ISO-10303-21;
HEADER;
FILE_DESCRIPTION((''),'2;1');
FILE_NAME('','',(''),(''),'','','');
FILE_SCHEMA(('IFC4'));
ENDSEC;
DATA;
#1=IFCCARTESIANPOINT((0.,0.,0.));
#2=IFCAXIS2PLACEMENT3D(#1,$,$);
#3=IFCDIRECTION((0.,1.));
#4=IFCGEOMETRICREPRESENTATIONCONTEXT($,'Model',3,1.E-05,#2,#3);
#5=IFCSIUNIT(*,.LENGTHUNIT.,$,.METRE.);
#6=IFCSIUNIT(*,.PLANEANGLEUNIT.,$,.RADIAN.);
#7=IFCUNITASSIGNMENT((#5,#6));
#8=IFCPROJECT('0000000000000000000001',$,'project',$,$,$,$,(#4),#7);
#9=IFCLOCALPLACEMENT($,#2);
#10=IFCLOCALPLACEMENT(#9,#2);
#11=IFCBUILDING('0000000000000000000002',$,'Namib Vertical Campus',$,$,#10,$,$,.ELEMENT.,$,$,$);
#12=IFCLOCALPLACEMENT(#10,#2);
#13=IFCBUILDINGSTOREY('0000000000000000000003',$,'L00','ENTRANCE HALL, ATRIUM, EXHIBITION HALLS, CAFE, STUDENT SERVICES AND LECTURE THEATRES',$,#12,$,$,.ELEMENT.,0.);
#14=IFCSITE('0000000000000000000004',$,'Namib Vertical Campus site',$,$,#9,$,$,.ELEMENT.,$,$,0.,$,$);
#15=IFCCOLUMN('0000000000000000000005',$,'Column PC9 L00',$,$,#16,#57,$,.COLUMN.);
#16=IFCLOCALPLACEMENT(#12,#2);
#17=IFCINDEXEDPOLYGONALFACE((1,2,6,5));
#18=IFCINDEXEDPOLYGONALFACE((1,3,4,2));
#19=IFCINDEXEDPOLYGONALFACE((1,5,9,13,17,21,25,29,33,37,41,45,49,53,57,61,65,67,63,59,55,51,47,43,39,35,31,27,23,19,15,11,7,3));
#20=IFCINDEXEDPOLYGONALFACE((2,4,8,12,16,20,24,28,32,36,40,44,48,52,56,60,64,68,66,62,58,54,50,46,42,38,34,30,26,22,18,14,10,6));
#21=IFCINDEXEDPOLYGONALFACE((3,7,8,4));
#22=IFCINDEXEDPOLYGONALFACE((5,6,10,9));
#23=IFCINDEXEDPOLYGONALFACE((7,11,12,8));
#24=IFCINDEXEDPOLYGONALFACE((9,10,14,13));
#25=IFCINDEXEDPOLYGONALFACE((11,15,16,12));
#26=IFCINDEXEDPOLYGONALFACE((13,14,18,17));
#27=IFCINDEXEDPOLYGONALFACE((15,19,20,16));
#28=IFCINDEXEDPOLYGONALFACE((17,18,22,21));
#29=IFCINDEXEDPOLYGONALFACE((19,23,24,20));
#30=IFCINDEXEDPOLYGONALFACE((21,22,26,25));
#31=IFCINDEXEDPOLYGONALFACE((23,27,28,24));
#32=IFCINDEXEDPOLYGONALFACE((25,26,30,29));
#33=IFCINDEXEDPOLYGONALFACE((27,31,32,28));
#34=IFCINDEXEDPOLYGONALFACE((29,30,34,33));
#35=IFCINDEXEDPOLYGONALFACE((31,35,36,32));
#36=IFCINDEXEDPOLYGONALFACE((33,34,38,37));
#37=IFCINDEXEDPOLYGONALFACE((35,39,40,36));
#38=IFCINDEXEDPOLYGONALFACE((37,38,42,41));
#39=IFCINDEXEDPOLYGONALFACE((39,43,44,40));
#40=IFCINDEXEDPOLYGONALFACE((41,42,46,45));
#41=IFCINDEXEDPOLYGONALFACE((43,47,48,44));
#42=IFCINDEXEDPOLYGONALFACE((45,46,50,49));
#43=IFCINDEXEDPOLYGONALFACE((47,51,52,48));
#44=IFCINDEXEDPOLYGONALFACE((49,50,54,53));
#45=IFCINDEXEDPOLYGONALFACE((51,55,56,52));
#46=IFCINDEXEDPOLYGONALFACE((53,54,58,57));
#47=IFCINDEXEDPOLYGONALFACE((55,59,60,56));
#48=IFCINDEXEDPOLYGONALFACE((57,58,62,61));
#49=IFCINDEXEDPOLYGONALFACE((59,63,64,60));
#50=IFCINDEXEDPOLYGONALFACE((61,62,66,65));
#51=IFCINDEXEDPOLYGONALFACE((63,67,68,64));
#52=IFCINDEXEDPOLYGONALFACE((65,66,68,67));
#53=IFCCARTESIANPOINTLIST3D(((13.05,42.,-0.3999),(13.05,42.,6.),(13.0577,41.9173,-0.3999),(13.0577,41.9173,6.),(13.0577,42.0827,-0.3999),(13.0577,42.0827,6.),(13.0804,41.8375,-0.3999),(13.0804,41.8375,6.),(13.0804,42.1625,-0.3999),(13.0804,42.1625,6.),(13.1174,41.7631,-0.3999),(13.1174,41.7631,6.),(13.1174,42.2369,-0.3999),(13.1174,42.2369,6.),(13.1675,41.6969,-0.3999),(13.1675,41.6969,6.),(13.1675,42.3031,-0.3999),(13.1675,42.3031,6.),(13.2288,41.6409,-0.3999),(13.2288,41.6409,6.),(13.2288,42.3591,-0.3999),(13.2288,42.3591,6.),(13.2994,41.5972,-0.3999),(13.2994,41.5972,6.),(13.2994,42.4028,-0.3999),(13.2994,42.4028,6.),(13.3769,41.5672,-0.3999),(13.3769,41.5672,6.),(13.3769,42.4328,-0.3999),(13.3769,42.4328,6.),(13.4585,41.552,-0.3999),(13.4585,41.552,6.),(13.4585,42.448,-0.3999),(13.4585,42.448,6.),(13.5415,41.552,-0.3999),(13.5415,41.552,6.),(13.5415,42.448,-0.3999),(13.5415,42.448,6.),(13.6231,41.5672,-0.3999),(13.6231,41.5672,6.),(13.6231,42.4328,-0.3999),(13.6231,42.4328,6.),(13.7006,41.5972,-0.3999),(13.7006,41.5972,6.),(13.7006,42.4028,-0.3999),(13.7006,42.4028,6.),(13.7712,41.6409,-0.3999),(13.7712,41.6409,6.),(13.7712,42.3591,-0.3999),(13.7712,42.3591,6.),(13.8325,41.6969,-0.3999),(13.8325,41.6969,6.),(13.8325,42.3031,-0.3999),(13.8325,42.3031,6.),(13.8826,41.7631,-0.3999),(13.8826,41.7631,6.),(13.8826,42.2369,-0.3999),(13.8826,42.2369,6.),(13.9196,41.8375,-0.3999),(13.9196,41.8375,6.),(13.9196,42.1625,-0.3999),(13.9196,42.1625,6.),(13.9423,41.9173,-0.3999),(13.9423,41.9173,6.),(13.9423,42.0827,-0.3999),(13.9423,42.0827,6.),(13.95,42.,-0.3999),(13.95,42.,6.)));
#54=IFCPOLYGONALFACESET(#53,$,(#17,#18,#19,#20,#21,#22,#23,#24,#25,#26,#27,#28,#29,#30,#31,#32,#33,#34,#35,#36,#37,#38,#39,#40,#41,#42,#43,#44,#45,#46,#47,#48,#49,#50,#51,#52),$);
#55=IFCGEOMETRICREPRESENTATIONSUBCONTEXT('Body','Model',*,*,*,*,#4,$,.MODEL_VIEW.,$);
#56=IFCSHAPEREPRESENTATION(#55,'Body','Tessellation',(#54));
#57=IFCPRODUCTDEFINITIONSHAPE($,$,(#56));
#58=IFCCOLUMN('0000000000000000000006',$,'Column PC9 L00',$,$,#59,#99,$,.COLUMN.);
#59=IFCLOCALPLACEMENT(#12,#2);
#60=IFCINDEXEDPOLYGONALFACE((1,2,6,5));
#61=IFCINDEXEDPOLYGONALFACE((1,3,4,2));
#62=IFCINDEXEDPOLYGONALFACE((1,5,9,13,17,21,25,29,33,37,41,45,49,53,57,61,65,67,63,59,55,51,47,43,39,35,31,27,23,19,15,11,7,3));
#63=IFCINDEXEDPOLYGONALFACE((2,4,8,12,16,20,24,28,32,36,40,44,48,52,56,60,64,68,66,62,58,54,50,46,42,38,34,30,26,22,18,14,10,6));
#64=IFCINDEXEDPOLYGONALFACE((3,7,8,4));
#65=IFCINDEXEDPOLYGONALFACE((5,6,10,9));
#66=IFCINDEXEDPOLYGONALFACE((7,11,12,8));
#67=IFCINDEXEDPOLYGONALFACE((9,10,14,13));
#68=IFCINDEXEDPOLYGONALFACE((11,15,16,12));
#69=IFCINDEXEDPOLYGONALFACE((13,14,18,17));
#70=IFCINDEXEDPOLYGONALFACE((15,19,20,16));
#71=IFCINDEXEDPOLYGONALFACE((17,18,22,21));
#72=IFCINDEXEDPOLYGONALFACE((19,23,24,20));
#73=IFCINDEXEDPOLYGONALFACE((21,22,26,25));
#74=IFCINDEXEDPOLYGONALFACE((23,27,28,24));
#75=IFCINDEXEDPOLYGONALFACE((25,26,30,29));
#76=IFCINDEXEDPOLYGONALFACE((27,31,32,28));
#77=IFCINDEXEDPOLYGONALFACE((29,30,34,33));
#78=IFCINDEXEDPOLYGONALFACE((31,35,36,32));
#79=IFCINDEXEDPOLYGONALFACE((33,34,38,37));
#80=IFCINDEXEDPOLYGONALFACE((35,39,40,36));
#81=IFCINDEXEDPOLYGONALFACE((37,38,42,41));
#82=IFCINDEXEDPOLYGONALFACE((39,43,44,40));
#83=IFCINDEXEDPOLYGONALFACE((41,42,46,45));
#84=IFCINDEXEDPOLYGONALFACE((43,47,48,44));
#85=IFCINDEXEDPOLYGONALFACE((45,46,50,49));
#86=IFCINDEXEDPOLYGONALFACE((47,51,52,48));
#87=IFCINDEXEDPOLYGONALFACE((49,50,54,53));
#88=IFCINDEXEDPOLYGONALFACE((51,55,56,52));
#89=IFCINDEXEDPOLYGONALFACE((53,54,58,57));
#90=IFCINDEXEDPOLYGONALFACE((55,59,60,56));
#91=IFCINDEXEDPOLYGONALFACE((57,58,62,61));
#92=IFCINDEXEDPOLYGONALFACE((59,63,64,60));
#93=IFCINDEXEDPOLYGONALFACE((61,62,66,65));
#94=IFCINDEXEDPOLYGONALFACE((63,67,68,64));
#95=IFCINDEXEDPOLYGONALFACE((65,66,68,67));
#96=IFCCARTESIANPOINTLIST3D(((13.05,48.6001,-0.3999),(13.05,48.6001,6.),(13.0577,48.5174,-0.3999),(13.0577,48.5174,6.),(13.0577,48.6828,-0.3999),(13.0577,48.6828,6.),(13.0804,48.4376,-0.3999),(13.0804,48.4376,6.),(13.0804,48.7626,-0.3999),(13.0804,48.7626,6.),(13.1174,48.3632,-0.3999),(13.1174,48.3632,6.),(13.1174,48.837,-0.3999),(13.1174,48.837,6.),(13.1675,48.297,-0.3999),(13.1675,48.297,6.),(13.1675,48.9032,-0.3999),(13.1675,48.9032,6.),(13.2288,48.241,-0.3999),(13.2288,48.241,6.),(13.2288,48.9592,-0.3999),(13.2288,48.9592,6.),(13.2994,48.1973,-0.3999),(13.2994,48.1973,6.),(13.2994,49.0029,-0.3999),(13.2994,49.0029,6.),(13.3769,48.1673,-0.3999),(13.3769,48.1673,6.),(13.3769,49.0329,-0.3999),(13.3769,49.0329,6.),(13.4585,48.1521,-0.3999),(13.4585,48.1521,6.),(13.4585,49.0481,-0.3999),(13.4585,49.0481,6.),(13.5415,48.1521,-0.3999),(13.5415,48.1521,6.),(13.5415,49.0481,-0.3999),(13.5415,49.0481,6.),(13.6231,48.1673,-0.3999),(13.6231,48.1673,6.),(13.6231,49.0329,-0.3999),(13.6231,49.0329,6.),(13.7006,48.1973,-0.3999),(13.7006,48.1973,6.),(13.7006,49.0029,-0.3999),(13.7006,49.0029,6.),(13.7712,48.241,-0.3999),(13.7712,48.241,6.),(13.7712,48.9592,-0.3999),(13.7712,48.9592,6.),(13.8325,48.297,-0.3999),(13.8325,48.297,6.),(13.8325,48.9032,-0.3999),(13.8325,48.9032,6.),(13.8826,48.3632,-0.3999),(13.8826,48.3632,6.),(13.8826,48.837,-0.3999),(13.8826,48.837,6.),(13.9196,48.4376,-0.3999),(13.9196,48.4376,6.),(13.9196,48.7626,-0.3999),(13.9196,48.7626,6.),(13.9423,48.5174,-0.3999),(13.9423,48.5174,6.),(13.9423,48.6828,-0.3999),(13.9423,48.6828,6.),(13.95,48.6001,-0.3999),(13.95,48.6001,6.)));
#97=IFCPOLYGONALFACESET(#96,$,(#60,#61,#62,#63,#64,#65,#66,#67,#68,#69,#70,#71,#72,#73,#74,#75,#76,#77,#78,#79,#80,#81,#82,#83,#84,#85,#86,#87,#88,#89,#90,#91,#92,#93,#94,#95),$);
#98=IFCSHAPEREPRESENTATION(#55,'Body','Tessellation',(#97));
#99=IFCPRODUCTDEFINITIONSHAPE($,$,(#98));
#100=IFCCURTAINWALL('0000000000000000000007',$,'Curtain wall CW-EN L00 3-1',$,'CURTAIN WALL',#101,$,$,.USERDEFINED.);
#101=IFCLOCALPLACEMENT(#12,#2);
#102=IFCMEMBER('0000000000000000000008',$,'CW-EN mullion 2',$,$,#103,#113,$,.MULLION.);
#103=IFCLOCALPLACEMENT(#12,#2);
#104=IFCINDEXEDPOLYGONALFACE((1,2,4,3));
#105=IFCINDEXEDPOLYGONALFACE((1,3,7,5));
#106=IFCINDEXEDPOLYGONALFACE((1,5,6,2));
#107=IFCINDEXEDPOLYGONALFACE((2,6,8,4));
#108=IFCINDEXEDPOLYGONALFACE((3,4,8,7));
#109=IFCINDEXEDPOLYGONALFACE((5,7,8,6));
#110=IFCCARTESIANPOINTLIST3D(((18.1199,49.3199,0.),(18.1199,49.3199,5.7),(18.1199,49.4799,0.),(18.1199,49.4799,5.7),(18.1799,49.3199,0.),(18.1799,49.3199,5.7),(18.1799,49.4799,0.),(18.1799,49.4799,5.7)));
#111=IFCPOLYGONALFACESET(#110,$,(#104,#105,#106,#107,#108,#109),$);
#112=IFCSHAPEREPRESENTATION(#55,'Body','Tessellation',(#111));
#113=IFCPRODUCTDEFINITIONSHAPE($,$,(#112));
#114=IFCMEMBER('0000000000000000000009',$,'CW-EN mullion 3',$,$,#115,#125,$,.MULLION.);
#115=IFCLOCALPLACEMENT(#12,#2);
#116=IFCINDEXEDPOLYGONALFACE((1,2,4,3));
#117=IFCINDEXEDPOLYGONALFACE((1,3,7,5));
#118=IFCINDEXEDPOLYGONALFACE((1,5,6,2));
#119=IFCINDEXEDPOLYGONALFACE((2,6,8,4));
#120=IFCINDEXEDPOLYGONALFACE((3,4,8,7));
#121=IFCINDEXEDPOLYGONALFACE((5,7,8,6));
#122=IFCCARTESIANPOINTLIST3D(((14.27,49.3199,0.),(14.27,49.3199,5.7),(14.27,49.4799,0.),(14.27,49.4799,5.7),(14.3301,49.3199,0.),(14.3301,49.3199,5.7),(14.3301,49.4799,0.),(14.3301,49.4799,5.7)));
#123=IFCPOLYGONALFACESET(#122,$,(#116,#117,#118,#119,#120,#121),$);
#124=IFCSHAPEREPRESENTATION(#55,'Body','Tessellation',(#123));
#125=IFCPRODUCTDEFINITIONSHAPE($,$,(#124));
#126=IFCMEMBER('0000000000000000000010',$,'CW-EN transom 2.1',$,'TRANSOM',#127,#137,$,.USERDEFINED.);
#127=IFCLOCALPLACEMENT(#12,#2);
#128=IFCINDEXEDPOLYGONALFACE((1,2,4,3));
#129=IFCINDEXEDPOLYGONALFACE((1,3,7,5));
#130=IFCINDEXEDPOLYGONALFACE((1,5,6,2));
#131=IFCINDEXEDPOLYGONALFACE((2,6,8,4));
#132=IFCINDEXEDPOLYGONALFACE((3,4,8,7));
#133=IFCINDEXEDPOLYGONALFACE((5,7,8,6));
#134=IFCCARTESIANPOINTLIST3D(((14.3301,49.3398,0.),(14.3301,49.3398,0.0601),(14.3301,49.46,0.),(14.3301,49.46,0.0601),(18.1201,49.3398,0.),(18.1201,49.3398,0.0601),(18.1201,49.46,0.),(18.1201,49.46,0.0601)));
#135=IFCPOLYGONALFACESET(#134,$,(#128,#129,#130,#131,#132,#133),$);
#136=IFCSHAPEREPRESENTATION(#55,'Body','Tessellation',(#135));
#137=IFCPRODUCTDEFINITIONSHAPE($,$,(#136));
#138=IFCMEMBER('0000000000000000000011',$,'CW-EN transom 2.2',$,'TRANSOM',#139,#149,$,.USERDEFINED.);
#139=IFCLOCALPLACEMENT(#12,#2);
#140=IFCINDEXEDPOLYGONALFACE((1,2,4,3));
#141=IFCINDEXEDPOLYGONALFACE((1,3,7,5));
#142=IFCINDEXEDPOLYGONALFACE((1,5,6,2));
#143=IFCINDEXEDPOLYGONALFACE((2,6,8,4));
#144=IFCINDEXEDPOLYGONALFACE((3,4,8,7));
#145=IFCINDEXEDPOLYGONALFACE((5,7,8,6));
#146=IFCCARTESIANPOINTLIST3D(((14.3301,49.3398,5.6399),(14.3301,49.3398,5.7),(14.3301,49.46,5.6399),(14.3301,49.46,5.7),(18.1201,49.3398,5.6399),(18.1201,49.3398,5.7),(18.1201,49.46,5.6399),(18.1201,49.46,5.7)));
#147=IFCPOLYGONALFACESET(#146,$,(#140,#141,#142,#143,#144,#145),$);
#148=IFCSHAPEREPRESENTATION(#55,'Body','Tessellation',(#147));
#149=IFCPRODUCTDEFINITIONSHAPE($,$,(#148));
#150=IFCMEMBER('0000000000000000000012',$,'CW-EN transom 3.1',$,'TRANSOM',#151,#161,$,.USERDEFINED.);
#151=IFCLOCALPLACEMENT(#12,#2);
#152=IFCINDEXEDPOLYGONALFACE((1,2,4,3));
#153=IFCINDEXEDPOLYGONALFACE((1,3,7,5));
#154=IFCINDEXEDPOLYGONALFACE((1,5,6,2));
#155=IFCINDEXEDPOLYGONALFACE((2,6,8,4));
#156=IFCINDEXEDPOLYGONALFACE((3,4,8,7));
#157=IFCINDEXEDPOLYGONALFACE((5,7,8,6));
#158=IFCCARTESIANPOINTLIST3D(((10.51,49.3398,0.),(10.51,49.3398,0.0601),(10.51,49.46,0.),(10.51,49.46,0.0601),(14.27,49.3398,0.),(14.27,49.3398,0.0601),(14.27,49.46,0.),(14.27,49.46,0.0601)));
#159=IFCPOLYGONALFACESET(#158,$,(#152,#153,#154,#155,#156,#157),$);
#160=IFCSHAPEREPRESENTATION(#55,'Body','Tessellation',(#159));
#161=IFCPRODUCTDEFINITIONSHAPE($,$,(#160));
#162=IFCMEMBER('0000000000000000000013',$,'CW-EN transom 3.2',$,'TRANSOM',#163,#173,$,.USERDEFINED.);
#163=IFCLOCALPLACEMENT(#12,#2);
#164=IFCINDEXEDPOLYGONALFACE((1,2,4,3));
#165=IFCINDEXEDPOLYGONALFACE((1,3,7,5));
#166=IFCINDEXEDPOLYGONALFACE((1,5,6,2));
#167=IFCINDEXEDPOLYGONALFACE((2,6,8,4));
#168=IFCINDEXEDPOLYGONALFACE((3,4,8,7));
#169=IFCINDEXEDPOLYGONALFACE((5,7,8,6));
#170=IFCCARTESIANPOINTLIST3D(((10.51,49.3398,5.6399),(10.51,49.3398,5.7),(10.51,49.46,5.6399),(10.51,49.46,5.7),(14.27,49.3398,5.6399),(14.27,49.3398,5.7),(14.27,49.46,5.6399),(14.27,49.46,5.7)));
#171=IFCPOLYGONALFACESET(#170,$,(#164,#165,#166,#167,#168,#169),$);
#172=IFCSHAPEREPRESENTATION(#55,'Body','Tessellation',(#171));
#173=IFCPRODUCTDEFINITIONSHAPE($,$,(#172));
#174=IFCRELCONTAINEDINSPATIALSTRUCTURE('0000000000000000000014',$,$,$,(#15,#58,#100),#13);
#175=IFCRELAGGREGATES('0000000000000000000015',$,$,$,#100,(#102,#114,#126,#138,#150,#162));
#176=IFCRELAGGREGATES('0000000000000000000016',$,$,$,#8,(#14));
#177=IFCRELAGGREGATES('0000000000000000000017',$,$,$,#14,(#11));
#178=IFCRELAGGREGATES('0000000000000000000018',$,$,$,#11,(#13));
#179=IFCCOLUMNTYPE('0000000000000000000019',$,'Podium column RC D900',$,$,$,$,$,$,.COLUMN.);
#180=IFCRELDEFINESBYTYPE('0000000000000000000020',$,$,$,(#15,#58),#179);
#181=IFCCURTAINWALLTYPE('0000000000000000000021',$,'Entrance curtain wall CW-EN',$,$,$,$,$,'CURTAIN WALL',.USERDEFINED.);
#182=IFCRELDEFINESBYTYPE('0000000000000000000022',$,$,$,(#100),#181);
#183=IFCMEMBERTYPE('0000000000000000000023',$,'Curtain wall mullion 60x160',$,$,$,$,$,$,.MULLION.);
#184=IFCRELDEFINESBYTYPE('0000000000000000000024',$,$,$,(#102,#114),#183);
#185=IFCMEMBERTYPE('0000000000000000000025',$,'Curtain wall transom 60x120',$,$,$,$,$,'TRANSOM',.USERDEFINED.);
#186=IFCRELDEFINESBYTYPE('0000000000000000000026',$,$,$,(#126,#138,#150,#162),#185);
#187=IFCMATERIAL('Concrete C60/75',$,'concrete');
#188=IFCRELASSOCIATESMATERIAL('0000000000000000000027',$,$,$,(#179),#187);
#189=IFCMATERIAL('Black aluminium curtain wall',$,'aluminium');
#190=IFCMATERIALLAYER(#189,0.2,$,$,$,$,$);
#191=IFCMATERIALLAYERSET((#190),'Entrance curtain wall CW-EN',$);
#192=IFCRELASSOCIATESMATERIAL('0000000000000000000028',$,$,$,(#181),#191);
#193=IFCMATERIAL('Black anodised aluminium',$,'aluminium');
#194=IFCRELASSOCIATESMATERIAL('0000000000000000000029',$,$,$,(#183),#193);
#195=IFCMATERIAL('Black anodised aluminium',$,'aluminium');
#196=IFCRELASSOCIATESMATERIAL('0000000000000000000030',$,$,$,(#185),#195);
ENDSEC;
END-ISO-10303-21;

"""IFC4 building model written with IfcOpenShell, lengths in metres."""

from ifc_helpers import new_model, si_unit, direction, frame, origin, origin_2d, place, context, subcontext, project, spatial, rectangle, circle, extrude, material, layer, layer_set, material_profile, profile_set, type_object, element, aggregate, save


model = new_model("IFC4")

# Units and contexts
model_context = context("Model", 3, precision=1e-05, world=origin(), true_north=direction((0.0, 1.0)))
body_context = subcontext(model_context, "Body", "Model", "MODEL_VIEW")
ifc_project = project(units=[si_unit("LENGTHUNIT", "METRE"), si_unit("PLANEANGLEUNIT", "RADIAN")], contexts=[model_context])

# Site, building, storey
site_placement = place(None, origin())
site = spatial("IfcSite", under=ifc_project, at=site_placement, Name="Namib Vertical Campus site", CompositionType="ELEMENT", RefElevation=0.0)
building_placement = place(site_placement, origin())
building = spatial("IfcBuilding", under=site, at=building_placement, Name="Namib Vertical Campus", CompositionType="ELEMENT")
storey_placement = place(building_placement, origin())
storey = spatial("IfcBuildingStorey", under=building, at=storey_placement, Name="L00", Description="ENTRANCE HALL, ATRIUM, EXHIBITION HALLS, CAFE, STUDENT SERVICES AND LECTURE THEATRES", CompositionType="ELEMENT", Elevation=0.0)

# Columns
ifc_material_1 = material(Name="Concrete C60/75", Category="concrete")
ifc_material_profile_1 = material_profile(ifc_material_1, circle(Radius=0.45, at=origin_2d()))
ifc_profile_set_1 = profile_set([ifc_material_profile_1], Name="Concrete C60/75")
column_type = type_object("IfcColumnType", Name="Podium column RC D900", PredefinedType="COLUMN", material=ifc_profile_set_1)
for number, where, z_axis, x_axis, name in (
    (1, (13.5, 42.0, -0.3999), (0.0, 0.0, 1.0), (1.0, 0.0, 0.0), "Column PC9 L00"),
    (2, (13.5, 48.6001, -0.3999), (0.0, 0.0, 1.0), (1.0, 0.0, 0.0), "Column PC9 L00"),
):
    element("IfcColumn", number, at=place(storey_placement, frame(where, z_axis=z_axis, x_axis=x_axis)), inside=storey, type_object=column_type, Name=name, PredefinedType="COLUMN", context=body_context, shape_type="SweptSolid", body=[
        extrude(circle(Radius=0.45, at=origin_2d()), origin(), (0.0, 0.0, 1.0), 6.3999),
    ])

# Curtain wall, members
ifc_material_2 = material(Name="Black aluminium curtain wall", Category="aluminium")
ifc_layer_1 = layer(ifc_material_2, 0.2)
ifc_layer_set_1 = layer_set([ifc_layer_1], Name="Entrance curtain wall CW-EN")
curtain_wall_type = type_object("IfcCurtainWallType", Name="Entrance curtain wall CW-EN", ElementType="CURTAIN WALL", PredefinedType="USERDEFINED", material=ifc_layer_set_1)
curtain_wall_placement = place(storey_placement, origin())
curtain_wall = element("IfcCurtainWall", 3, at=curtain_wall_placement, inside=storey, type_object=curtain_wall_type, Name="Curtain wall CW-EN L00 3-1", ObjectType="CURTAIN WALL", PredefinedType="USERDEFINED")
ifc_material_3 = material(Name="Black anodised aluminium", Category="aluminium")
ifc_material_profile_2 = material_profile(ifc_material_3, rectangle(XDim=0.0601, YDim=0.1599, at=origin_2d()))
ifc_profile_set_2 = profile_set([ifc_material_profile_2], Name="Black anodised aluminium")
member_type_1 = type_object("IfcMemberType", Name="Curtain wall mullion 60x160", PredefinedType="MULLION", material=ifc_profile_set_2)
member_1_placement = place(storey_placement, frame((18.1499, 49.3999, 0.0), z_axis=(0.0, 0.0, 1.0), x_axis=(-1.0, 0.0, 0.0)))
member_1 = element("IfcMember", 4, at=member_1_placement, type_object=member_type_1, Name="CW-EN mullion 2", PredefinedType="MULLION", context=body_context, shape_type="SweptSolid", body=[
    extrude(rectangle(XDim=0.0601, YDim=0.1599, at=origin_2d()), origin(), (0.0, 0.0, 1.0), 5.7),
])
member_2_placement = place(storey_placement, frame((14.3, 49.3999, 0.0), z_axis=(0.0, 0.0, 1.0), x_axis=(-1.0, 0.0, 0.0)))
member_2 = element("IfcMember", 5, at=member_2_placement, type_object=member_type_1, Name="CW-EN mullion 3", PredefinedType="MULLION", context=body_context, shape_type="SweptSolid", body=[
    extrude(rectangle(XDim=0.0601, YDim=0.1599, at=origin_2d()), origin(), (0.0, 0.0, 1.0), 5.7),
])
ifc_material_4 = material(Name="Black anodised aluminium", Category="aluminium")
ifc_material_profile_3 = material_profile(ifc_material_4, rectangle(XDim=0.0601, YDim=0.1201, at=origin_2d()))
ifc_profile_set_3 = profile_set([ifc_material_profile_3], Name="Black anodised aluminium")
member_type_2 = type_object("IfcMemberType", Name="Curtain wall transom 60x120", ElementType="TRANSOM", PredefinedType="USERDEFINED", material=ifc_profile_set_3)
member_3_placement = place(storey_placement, frame((18.1201, 49.3999, 0.03), z_axis=(-1.0, 0.0, 0.0), x_axis=(0.0, 0.0, 1.0)))
member_3 = element("IfcMember", 6, at=member_3_placement, type_object=member_type_2, Name="CW-EN transom 2.1", ObjectType="TRANSOM", PredefinedType="USERDEFINED", context=body_context, shape_type="SweptSolid", body=[
    extrude(rectangle(XDim=0.0601, YDim=0.1201, at=origin_2d()), origin(), (0.0, 0.0, 1.0), 3.79),
])
member_4_placement = place(storey_placement, frame((18.1201, 49.3999, 5.6699), z_axis=(-1.0, 0.0, 0.0), x_axis=(0.0, 0.0, 1.0)))
member_4 = element("IfcMember", 7, at=member_4_placement, type_object=member_type_2, Name="CW-EN transom 2.2", ObjectType="TRANSOM", PredefinedType="USERDEFINED", context=body_context, shape_type="SweptSolid", body=[
    extrude(rectangle(XDim=0.0601, YDim=0.1201, at=origin_2d()), origin(), (0.0, 0.0, 1.0), 3.79),
])
member_5_placement = place(storey_placement, frame((14.27, 49.3999, 0.03), z_axis=(-1.0, 0.0, 0.0), x_axis=(0.0, 0.0, 1.0)))
member_5 = element("IfcMember", 8, at=member_5_placement, type_object=member_type_2, Name="CW-EN transom 3.1", ObjectType="TRANSOM", PredefinedType="USERDEFINED", context=body_context, shape_type="SweptSolid", body=[
    extrude(rectangle(XDim=0.0601, YDim=0.1201, at=origin_2d()), origin(), (0.0, 0.0, 1.0), 3.76),
])
member_6_placement = place(storey_placement, frame((14.27, 49.3999, 5.6699), z_axis=(-1.0, 0.0, 0.0), x_axis=(0.0, 0.0, 1.0)))
member_6 = element("IfcMember", 9, at=member_6_placement, type_object=member_type_2, Name="CW-EN transom 3.2", ObjectType="TRANSOM", PredefinedType="USERDEFINED", context=body_context, shape_type="SweptSolid", body=[
    extrude(rectangle(XDim=0.0601, YDim=0.1201, at=origin_2d()), origin(), (0.0, 0.0, 1.0), 3.76),
])

aggregate(curtain_wall, [member_1, member_2, member_3, member_4, member_5, member_6])

save(model, "model.ifc")
